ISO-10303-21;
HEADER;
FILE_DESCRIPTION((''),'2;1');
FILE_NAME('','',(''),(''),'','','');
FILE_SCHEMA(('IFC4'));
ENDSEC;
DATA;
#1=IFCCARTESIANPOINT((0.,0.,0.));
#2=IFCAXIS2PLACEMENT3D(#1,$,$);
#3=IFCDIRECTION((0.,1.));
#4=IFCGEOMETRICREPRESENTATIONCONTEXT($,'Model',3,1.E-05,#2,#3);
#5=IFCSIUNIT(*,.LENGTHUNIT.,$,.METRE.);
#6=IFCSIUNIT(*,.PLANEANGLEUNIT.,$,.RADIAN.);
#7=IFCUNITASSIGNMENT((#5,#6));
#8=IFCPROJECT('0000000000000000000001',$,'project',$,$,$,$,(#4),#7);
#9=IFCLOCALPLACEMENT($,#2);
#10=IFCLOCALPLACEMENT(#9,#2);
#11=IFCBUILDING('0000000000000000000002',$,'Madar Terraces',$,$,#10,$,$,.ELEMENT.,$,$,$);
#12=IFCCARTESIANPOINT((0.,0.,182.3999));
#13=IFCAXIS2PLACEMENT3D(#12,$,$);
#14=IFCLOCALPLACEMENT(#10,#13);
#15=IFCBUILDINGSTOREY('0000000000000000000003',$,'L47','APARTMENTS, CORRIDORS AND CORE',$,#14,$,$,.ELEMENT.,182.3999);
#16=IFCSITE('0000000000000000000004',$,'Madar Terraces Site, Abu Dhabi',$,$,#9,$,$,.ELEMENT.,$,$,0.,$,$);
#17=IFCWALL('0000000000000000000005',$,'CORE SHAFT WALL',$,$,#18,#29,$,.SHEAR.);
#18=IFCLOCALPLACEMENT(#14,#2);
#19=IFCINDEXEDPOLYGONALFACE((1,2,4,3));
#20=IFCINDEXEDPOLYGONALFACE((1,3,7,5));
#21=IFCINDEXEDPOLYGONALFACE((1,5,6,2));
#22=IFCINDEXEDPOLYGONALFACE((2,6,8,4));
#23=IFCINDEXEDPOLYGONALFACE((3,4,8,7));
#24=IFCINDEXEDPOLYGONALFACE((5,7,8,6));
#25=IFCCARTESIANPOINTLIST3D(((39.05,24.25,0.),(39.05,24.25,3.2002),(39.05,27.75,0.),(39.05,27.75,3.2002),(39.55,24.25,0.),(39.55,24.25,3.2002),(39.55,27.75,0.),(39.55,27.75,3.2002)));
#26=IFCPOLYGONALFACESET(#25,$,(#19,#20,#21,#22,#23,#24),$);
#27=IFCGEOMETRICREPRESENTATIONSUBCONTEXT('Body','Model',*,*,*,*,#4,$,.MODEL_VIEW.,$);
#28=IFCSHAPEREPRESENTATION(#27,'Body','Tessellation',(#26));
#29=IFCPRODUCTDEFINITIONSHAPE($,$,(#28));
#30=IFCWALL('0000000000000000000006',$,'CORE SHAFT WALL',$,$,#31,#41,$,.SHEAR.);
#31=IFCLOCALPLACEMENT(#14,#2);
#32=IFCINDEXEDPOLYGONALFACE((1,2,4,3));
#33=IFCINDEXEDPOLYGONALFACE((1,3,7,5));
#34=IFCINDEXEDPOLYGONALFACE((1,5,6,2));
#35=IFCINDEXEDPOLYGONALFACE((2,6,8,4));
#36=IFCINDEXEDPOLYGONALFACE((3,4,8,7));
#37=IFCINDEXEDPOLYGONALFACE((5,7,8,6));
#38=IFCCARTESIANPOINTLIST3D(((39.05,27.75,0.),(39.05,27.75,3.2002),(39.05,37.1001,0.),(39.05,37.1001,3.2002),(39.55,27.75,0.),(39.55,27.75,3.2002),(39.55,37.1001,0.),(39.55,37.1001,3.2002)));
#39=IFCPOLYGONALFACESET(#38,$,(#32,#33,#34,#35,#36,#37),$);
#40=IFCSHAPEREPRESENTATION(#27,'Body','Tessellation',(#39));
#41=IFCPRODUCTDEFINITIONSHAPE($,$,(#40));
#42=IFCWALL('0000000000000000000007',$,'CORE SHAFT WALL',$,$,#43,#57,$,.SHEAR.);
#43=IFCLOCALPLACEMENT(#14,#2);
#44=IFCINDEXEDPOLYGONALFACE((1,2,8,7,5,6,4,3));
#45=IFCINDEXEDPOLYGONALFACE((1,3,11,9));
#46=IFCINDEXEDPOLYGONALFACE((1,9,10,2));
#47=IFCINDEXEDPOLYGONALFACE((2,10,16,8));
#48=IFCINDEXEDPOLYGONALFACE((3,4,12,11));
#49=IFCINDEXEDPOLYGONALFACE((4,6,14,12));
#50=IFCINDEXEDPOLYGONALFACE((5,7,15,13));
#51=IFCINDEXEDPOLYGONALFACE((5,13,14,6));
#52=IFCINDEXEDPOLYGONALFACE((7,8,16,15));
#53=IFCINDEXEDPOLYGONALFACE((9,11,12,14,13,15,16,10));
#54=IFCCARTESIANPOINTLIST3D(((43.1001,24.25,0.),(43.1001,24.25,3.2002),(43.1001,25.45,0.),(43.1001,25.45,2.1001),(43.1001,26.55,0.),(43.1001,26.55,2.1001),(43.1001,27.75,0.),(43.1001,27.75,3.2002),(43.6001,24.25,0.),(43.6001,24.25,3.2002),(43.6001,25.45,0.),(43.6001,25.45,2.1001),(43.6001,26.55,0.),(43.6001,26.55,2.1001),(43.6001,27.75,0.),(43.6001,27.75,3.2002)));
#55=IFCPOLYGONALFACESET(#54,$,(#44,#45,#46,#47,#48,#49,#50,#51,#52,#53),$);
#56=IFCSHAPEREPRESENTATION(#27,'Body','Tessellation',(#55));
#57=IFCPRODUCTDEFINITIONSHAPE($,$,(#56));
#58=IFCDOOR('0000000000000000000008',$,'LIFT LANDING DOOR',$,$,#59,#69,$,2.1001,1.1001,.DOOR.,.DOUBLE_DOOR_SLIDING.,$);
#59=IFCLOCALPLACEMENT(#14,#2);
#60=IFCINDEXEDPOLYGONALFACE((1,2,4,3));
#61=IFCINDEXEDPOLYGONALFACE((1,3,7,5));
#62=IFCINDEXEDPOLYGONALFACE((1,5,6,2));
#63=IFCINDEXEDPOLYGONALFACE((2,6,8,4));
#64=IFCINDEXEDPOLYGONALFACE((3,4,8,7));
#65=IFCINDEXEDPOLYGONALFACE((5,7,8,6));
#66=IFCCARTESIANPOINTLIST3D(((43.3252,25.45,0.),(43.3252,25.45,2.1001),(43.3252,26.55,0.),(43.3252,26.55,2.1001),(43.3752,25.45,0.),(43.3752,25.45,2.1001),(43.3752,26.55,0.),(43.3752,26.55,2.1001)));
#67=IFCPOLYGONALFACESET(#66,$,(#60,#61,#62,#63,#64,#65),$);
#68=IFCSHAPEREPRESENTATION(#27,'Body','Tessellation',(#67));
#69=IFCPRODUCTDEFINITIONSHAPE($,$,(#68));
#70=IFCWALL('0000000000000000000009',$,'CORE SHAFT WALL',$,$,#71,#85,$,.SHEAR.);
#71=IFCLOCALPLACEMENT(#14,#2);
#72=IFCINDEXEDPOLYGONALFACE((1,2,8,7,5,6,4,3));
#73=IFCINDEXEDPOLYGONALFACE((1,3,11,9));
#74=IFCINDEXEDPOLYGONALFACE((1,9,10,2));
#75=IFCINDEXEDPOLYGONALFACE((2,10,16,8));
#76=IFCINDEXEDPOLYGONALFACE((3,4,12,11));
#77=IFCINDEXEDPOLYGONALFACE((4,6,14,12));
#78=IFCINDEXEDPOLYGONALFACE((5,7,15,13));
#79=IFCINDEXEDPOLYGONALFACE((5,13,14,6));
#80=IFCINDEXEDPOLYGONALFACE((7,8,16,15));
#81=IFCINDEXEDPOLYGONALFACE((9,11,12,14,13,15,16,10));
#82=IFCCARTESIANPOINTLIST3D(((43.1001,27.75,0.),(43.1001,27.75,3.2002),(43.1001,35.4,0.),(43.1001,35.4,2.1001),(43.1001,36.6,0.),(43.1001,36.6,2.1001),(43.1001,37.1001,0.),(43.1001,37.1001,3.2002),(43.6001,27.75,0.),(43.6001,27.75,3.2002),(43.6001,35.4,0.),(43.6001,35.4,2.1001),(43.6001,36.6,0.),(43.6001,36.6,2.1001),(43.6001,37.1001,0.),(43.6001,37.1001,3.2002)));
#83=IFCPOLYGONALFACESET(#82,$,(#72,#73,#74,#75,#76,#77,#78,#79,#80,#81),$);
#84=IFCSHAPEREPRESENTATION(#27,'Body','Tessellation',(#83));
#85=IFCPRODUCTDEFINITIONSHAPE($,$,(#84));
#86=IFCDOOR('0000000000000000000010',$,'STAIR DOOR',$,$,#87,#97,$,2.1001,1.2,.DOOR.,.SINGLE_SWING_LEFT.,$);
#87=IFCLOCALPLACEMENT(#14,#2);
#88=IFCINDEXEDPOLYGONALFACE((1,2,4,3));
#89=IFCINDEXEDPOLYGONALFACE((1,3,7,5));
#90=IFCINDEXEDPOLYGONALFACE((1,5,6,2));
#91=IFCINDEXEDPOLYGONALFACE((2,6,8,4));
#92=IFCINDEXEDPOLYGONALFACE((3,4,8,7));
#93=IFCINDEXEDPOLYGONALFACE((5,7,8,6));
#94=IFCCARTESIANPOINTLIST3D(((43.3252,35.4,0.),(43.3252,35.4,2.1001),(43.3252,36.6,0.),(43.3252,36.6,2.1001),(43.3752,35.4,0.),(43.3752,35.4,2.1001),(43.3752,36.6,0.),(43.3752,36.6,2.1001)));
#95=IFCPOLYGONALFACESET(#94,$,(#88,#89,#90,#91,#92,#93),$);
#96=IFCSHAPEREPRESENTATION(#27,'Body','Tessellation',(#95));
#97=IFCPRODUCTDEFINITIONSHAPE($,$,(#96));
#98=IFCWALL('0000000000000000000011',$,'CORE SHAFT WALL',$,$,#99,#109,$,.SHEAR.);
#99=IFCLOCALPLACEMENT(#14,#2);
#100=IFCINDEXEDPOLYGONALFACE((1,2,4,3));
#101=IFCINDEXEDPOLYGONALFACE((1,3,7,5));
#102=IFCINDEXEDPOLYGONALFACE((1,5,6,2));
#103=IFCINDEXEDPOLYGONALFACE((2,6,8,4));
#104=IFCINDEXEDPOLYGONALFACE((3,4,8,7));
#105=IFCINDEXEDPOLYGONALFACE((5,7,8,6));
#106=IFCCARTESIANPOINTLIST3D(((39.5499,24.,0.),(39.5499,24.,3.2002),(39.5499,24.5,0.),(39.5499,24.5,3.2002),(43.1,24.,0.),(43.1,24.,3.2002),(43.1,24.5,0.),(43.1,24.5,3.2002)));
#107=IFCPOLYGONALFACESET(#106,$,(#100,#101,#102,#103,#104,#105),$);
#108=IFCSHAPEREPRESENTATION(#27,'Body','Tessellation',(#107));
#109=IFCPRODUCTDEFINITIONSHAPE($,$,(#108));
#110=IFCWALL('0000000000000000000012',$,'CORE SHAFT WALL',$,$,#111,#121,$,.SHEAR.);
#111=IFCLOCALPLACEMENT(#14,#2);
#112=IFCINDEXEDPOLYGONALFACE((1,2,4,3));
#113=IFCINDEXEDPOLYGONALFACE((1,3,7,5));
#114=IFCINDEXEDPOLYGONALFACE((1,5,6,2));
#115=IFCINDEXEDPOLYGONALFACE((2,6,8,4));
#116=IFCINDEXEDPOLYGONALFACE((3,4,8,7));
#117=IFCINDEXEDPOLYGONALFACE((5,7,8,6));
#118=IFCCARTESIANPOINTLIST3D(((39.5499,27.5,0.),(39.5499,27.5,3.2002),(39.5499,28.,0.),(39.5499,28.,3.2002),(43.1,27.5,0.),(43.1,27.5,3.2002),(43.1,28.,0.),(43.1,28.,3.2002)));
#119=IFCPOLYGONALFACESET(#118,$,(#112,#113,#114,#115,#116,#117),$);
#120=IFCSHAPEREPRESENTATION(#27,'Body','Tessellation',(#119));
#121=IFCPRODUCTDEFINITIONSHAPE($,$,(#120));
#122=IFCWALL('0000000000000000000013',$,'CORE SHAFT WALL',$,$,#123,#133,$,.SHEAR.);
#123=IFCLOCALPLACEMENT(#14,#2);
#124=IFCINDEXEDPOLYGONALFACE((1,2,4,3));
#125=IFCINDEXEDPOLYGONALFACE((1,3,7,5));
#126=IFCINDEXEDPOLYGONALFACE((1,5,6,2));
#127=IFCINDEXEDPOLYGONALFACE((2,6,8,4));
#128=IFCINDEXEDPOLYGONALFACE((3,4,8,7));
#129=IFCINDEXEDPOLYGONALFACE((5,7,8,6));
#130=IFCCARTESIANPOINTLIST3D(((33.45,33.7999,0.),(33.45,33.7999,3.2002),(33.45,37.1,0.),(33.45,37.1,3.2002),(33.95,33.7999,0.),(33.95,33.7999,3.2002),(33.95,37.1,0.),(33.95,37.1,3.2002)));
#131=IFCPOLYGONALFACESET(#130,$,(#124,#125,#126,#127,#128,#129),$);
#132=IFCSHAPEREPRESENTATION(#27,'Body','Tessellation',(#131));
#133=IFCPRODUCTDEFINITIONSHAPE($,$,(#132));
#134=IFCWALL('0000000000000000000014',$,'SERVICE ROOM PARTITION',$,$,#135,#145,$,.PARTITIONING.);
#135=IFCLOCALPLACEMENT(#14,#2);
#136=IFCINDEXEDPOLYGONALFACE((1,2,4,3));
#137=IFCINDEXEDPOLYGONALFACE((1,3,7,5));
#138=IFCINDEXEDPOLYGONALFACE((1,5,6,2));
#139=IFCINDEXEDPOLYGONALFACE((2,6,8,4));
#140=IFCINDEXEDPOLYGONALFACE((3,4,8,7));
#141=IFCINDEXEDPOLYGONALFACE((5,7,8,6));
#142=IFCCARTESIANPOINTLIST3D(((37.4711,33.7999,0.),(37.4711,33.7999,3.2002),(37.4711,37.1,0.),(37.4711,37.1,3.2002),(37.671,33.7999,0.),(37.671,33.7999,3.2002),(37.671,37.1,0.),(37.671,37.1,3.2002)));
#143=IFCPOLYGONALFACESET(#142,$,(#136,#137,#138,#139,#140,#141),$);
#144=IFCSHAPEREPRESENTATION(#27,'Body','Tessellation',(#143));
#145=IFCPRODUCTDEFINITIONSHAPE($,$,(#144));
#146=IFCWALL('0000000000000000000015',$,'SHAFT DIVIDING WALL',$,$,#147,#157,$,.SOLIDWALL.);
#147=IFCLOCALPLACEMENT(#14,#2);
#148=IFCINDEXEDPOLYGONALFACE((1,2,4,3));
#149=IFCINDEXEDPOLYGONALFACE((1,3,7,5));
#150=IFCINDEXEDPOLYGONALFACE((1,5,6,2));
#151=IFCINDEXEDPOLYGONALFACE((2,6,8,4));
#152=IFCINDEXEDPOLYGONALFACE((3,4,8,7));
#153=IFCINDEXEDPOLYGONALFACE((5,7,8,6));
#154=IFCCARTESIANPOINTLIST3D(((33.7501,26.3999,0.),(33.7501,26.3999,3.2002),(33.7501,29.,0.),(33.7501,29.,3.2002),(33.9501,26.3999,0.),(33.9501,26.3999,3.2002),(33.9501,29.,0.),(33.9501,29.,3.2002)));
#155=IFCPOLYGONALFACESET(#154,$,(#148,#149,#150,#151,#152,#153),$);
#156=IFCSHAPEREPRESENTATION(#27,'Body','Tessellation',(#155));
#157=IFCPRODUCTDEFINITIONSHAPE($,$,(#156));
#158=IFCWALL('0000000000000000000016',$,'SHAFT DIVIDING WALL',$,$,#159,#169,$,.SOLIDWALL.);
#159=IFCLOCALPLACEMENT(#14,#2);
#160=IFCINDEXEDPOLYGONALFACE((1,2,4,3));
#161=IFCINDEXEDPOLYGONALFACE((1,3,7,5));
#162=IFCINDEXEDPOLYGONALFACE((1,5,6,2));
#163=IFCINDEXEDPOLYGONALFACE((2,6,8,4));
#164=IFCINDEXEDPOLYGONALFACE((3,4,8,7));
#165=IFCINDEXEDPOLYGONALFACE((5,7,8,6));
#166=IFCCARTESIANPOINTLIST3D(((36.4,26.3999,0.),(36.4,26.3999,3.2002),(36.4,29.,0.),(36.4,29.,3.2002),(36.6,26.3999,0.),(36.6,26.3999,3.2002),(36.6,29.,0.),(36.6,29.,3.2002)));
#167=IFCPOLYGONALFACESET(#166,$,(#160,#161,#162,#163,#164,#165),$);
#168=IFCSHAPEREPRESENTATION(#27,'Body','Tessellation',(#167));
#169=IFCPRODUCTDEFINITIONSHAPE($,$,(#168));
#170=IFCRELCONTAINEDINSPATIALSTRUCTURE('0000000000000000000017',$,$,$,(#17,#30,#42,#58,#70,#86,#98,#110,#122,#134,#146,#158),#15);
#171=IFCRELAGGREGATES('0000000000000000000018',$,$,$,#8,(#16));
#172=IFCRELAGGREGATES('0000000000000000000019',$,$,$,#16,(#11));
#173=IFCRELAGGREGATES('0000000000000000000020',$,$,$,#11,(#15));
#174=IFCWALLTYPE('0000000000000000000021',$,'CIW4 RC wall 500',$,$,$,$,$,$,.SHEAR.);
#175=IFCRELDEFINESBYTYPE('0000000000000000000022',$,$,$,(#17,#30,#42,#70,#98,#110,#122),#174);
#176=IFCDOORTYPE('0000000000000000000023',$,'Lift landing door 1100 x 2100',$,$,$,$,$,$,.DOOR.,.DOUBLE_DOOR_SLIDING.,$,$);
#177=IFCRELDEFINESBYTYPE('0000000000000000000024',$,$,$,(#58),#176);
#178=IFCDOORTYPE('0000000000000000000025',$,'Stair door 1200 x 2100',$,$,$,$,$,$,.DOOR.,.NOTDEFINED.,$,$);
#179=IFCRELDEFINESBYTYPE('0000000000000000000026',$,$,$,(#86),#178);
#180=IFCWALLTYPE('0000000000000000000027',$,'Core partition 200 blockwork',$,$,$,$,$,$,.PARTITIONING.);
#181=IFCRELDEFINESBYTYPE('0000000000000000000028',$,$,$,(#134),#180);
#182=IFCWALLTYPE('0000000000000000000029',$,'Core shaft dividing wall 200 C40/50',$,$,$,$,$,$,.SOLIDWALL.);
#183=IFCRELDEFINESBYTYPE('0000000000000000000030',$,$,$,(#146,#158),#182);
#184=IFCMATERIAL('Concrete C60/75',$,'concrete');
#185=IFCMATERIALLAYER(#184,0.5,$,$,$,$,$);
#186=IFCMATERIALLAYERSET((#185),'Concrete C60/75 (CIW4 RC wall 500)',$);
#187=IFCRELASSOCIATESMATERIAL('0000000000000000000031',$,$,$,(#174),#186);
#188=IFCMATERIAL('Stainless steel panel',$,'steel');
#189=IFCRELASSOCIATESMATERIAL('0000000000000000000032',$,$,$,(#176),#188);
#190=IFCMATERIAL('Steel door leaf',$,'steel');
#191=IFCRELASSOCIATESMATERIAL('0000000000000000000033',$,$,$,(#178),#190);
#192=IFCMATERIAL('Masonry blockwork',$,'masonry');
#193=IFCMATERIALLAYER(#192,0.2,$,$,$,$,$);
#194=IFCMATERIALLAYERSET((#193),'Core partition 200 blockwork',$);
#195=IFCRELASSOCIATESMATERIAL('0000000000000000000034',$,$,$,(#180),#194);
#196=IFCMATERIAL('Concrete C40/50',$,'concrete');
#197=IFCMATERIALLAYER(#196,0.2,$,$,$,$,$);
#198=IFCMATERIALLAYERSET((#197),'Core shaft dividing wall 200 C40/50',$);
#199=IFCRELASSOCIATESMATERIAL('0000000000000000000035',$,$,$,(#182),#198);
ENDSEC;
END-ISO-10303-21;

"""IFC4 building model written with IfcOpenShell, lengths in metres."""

from ifc_helpers import new_model, si_unit, direction, frame, frame_2d, origin, place, context, subcontext, project, spatial, rectangle, extrude, material, layer, layer_set, type_object, element, fill, save


model = new_model("IFC4")

# Units and contexts
model_context = context("Model", 3, precision=1e-05, world=origin(), true_north=direction((0.0, 1.0)))
body_context = subcontext(model_context, "Body", "Model", "MODEL_VIEW")
ifc_project = project(units=[si_unit("LENGTHUNIT", "METRE"), si_unit("PLANEANGLEUNIT", "RADIAN")], contexts=[model_context])

# Site, building, storey
site_placement = place(None, origin())
site = spatial("IfcSite", under=ifc_project, at=site_placement, Name="Madar Terraces Site, Abu Dhabi", CompositionType="ELEMENT", RefElevation=0.0)
building_placement = place(site_placement, origin())
building = spatial("IfcBuilding", under=site, at=building_placement, Name="Madar Terraces", CompositionType="ELEMENT")
storey_placement = place(building_placement, frame((0.0, 0.0, 182.3999)))
storey = spatial("IfcBuildingStorey", under=building, at=storey_placement, Name="L47", Description="APARTMENTS, CORRIDORS AND CORE", CompositionType="ELEMENT", Elevation=182.3999)

# Walls
ifc_material_1 = material(Name="Concrete C60/75", Category="concrete")
ifc_layer_1 = layer(ifc_material_1, 0.5)
ifc_layer_set_1 = layer_set([ifc_layer_1], Name="Concrete C60/75 (CIW4 RC wall 500)")
wall_type_1 = type_object("IfcWallType", Name="CIW4 RC wall 500", PredefinedType="SHEAR", material=ifc_layer_set_1)
wall_1_placement = place(storey_placement, frame((39.3, 24.25, 0.0), z_axis=(0.0, 0.0, 1.0), x_axis=(0.0, 1.0, 0.0)))
element("IfcWall", 1, at=wall_1_placement, inside=storey, type_object=wall_type_1, Name="CORE SHAFT WALL", PredefinedType="SHEAR", context=body_context, shape_type="SweptSolid", body=[
    extrude(rectangle(XDim=3.5, YDim=0.5, at=frame_2d((1.75, 0.0))), origin(), (0.0, 0.0, 1.0), 3.2002),
])
wall_2_placement = place(storey_placement, frame((39.3, 27.75, 0.0), z_axis=(0.0, 0.0, 1.0), x_axis=(0.0, 1.0, 0.0)))
element("IfcWall", 2, at=wall_2_placement, inside=storey, type_object=wall_type_1, Name="CORE SHAFT WALL", PredefinedType="SHEAR", context=body_context, shape_type="SweptSolid", body=[
    extrude(rectangle(XDim=9.3501, YDim=0.5, at=frame_2d((4.675, 0.0))), origin(), (0.0, 0.0, 1.0), 3.2002),
])

# Walls, openings, doors
wall_3_placement = place(storey_placement, frame((43.3501, 24.25, 0.0), z_axis=(0.0, 0.0, 1.0), x_axis=(0.0, 1.0, 0.0)))
wall_3 = element("IfcWall", 3, at=wall_3_placement, inside=storey, type_object=wall_type_1, Name="CORE SHAFT WALL", PredefinedType="SHEAR", context=body_context, shape_type="SweptSolid", body=[
    extrude(rectangle(XDim=3.5, YDim=0.5, at=frame_2d((1.75, 0.0))), origin(), (0.0, 0.0, 1.0), 3.2002),
])
opening_1_placement = place(wall_3_placement, frame((1.2, 0.0, 0.0)))
opening_1 = element("IfcOpeningElement", 4, at=opening_1_placement, cuts=wall_3, PredefinedType="OPENING", context=body_context, shape_type="SweptSolid", body=[
    extrude(rectangle(XDim=1.1001, YDim=2.1001, at=frame_2d((0.55, 1.05))), frame((0.0, 0.26, 0.0), z_axis=(0.0, -1.0, 0.0), x_axis=(1.0, 0.0, 0.0)), (0.0, 0.0, 1.0), 0.52),
])
ifc_material_2 = material(Name="Stainless steel panel", Category="steel")
door_type_1 = type_object("IfcDoorType", Name="Lift landing door 1100 x 2100", OperationType="DOUBLE_DOOR_SLIDING", PredefinedType="DOOR", material=ifc_material_2)
door_1_placement = place(opening_1_placement, origin())
door_1 = element("IfcDoor", 5, at=door_1_placement, inside=storey, type_object=door_type_1, Name="LIFT LANDING DOOR", OperationType="DOUBLE_DOOR_SLIDING", OverallHeight=2.1001, OverallWidth=1.1001, PredefinedType="DOOR", context=body_context, shape_type="SweptSolid", body=[
    extrude(rectangle(XDim=1.1001, YDim=2.1001, at=frame_2d((0.55, 1.05))), frame((0.0, 0.0249, 0.0), z_axis=(0.0, -1.0, 0.0), x_axis=(1.0, 0.0, 0.0)), (0.0, 0.0, 1.0), 0.05),
])
fill(opening_1, door_1)
wall_4_placement = place(storey_placement, frame((43.3501, 27.75, 0.0), z_axis=(0.0, 0.0, 1.0), x_axis=(0.0, 1.0, 0.0)))
wall_4 = element("IfcWall", 6, at=wall_4_placement, inside=storey, type_object=wall_type_1, Name="CORE SHAFT WALL", PredefinedType="SHEAR", context=body_context, shape_type="SweptSolid", body=[
    extrude(rectangle(XDim=9.3501, YDim=0.5, at=frame_2d((4.675, 0.0))), origin(), (0.0, 0.0, 1.0), 3.2002),
])
opening_2_placement = place(wall_4_placement, frame((7.6499, 0.0, 0.0)))
opening_2 = element("IfcOpeningElement", 7, at=opening_2_placement, cuts=wall_4, PredefinedType="OPENING", context=body_context, shape_type="SweptSolid", body=[
    extrude(rectangle(XDim=1.2, YDim=2.1001, at=frame_2d((0.6001, 1.05))), frame((0.0, 0.26, 0.0), z_axis=(0.0, -1.0, 0.0), x_axis=(1.0, 0.0, 0.0)), (0.0, 0.0, 1.0), 0.52),
])
ifc_material_3 = material(Name="Steel door leaf", Category="steel")
door_type_2 = type_object("IfcDoorType", Name="Stair door 1200 x 2100", OperationType="NOTDEFINED", PredefinedType="DOOR", material=ifc_material_3)
door_2_placement = place(opening_2_placement, origin())
door_2 = element("IfcDoor", 8, at=door_2_placement, inside=storey, type_object=door_type_2, Name="STAIR DOOR", OperationType="SINGLE_SWING_LEFT", OverallHeight=2.1001, OverallWidth=1.2, PredefinedType="DOOR", context=body_context, shape_type="SweptSolid", body=[
    extrude(rectangle(XDim=1.2, YDim=2.1001, at=frame_2d((0.6001, 1.05))), frame((0.0, 0.0249, 0.0), z_axis=(0.0, -1.0, 0.0), x_axis=(1.0, 0.0, 0.0)), (0.0, 0.0, 1.0), 0.05),
])
fill(opening_2, door_2)

# Walls
for number, where, z_axis, x_axis, name in (
    (9, (39.55, 24.25, 0.0), (0.0, 0.0, 1.0), (1.0, 0.0, 0.0), "CORE SHAFT WALL"),
    (10, (39.55, 27.75, 0.0), (0.0, 0.0, 1.0), (1.0, 0.0, 0.0), "CORE SHAFT WALL"),
):
    element("IfcWall", number, at=place(storey_placement, frame(where, z_axis=z_axis, x_axis=x_axis)), inside=storey, type_object=wall_type_1, Name=name, PredefinedType="SHEAR", context=body_context, shape_type="SweptSolid", body=[
        extrude(rectangle(XDim=3.55, YDim=0.5, at=frame_2d((1.7749, 0.0))), origin(), (0.0, 0.0, 1.0), 3.2002),
    ])
wall_5_placement = place(storey_placement, frame((33.7, 33.8, 0.0), z_axis=(0.0, 0.0, 1.0), x_axis=(0.0, 1.0, 0.0)))
element("IfcWall", 11, at=wall_5_placement, inside=storey, type_object=wall_type_1, Name="CORE SHAFT WALL", PredefinedType="SHEAR", context=body_context, shape_type="SweptSolid", body=[
    extrude(rectangle(XDim=3.3, YDim=0.5, at=frame_2d((1.6499, 0.0))), origin(), (0.0, 0.0, 1.0), 3.2002),
])
ifc_material_4 = material(Name="Masonry blockwork", Category="masonry")
ifc_layer_2 = layer(ifc_material_4, 0.2)
ifc_layer_set_2 = layer_set([ifc_layer_2], Name="Core partition 200 blockwork")
wall_type_2 = type_object("IfcWallType", Name="Core partition 200 blockwork", PredefinedType="PARTITIONING", material=ifc_layer_set_2)
wall_6_placement = place(storey_placement, frame((37.571, 33.8, 0.0), z_axis=(0.0, 0.0, 1.0), x_axis=(0.0, 1.0, 0.0)))
element("IfcWall", 12, at=wall_6_placement, inside=storey, type_object=wall_type_2, Name="SERVICE ROOM PARTITION", PredefinedType="PARTITIONING", context=body_context, shape_type="SweptSolid", body=[
    extrude(rectangle(XDim=3.3, YDim=0.2, at=frame_2d((1.6499, 0.0))), origin(), (0.0, 0.0, 1.0), 3.2002),
])
ifc_material_5 = material(Name="Concrete C40/50", Category="concrete")
ifc_layer_3 = layer(ifc_material_5, 0.2)
ifc_layer_set_3 = layer_set([ifc_layer_3], Name="Core shaft dividing wall 200 C40/50")
wall_type_3 = type_object("IfcWallType", Name="Core shaft dividing wall 200 C40/50", PredefinedType="SOLIDWALL", material=ifc_layer_set_3)
for number, where, z_axis, x_axis, name in (
    (13, (33.8501, 26.3999, 0.0), (0.0, 0.0, 1.0), (0.0, 1.0, 0.0), "SHAFT DIVIDING WALL"),
    (14, (36.5, 26.3999, 0.0), (0.0, 0.0, 1.0), (0.0, 1.0, 0.0), "SHAFT DIVIDING WALL"),
):
    element("IfcWall", number, at=place(storey_placement, frame(where, z_axis=z_axis, x_axis=x_axis)), inside=storey, type_object=wall_type_3, Name=name, PredefinedType="SOLIDWALL", context=body_context, shape_type="SweptSolid", body=[
        extrude(rectangle(XDim=2.6001, YDim=0.2, at=frame_2d((1.3, 0.0))), origin(), (0.0, 0.0, 1.0), 3.2002),
    ])

save(model, "model.ifc")
